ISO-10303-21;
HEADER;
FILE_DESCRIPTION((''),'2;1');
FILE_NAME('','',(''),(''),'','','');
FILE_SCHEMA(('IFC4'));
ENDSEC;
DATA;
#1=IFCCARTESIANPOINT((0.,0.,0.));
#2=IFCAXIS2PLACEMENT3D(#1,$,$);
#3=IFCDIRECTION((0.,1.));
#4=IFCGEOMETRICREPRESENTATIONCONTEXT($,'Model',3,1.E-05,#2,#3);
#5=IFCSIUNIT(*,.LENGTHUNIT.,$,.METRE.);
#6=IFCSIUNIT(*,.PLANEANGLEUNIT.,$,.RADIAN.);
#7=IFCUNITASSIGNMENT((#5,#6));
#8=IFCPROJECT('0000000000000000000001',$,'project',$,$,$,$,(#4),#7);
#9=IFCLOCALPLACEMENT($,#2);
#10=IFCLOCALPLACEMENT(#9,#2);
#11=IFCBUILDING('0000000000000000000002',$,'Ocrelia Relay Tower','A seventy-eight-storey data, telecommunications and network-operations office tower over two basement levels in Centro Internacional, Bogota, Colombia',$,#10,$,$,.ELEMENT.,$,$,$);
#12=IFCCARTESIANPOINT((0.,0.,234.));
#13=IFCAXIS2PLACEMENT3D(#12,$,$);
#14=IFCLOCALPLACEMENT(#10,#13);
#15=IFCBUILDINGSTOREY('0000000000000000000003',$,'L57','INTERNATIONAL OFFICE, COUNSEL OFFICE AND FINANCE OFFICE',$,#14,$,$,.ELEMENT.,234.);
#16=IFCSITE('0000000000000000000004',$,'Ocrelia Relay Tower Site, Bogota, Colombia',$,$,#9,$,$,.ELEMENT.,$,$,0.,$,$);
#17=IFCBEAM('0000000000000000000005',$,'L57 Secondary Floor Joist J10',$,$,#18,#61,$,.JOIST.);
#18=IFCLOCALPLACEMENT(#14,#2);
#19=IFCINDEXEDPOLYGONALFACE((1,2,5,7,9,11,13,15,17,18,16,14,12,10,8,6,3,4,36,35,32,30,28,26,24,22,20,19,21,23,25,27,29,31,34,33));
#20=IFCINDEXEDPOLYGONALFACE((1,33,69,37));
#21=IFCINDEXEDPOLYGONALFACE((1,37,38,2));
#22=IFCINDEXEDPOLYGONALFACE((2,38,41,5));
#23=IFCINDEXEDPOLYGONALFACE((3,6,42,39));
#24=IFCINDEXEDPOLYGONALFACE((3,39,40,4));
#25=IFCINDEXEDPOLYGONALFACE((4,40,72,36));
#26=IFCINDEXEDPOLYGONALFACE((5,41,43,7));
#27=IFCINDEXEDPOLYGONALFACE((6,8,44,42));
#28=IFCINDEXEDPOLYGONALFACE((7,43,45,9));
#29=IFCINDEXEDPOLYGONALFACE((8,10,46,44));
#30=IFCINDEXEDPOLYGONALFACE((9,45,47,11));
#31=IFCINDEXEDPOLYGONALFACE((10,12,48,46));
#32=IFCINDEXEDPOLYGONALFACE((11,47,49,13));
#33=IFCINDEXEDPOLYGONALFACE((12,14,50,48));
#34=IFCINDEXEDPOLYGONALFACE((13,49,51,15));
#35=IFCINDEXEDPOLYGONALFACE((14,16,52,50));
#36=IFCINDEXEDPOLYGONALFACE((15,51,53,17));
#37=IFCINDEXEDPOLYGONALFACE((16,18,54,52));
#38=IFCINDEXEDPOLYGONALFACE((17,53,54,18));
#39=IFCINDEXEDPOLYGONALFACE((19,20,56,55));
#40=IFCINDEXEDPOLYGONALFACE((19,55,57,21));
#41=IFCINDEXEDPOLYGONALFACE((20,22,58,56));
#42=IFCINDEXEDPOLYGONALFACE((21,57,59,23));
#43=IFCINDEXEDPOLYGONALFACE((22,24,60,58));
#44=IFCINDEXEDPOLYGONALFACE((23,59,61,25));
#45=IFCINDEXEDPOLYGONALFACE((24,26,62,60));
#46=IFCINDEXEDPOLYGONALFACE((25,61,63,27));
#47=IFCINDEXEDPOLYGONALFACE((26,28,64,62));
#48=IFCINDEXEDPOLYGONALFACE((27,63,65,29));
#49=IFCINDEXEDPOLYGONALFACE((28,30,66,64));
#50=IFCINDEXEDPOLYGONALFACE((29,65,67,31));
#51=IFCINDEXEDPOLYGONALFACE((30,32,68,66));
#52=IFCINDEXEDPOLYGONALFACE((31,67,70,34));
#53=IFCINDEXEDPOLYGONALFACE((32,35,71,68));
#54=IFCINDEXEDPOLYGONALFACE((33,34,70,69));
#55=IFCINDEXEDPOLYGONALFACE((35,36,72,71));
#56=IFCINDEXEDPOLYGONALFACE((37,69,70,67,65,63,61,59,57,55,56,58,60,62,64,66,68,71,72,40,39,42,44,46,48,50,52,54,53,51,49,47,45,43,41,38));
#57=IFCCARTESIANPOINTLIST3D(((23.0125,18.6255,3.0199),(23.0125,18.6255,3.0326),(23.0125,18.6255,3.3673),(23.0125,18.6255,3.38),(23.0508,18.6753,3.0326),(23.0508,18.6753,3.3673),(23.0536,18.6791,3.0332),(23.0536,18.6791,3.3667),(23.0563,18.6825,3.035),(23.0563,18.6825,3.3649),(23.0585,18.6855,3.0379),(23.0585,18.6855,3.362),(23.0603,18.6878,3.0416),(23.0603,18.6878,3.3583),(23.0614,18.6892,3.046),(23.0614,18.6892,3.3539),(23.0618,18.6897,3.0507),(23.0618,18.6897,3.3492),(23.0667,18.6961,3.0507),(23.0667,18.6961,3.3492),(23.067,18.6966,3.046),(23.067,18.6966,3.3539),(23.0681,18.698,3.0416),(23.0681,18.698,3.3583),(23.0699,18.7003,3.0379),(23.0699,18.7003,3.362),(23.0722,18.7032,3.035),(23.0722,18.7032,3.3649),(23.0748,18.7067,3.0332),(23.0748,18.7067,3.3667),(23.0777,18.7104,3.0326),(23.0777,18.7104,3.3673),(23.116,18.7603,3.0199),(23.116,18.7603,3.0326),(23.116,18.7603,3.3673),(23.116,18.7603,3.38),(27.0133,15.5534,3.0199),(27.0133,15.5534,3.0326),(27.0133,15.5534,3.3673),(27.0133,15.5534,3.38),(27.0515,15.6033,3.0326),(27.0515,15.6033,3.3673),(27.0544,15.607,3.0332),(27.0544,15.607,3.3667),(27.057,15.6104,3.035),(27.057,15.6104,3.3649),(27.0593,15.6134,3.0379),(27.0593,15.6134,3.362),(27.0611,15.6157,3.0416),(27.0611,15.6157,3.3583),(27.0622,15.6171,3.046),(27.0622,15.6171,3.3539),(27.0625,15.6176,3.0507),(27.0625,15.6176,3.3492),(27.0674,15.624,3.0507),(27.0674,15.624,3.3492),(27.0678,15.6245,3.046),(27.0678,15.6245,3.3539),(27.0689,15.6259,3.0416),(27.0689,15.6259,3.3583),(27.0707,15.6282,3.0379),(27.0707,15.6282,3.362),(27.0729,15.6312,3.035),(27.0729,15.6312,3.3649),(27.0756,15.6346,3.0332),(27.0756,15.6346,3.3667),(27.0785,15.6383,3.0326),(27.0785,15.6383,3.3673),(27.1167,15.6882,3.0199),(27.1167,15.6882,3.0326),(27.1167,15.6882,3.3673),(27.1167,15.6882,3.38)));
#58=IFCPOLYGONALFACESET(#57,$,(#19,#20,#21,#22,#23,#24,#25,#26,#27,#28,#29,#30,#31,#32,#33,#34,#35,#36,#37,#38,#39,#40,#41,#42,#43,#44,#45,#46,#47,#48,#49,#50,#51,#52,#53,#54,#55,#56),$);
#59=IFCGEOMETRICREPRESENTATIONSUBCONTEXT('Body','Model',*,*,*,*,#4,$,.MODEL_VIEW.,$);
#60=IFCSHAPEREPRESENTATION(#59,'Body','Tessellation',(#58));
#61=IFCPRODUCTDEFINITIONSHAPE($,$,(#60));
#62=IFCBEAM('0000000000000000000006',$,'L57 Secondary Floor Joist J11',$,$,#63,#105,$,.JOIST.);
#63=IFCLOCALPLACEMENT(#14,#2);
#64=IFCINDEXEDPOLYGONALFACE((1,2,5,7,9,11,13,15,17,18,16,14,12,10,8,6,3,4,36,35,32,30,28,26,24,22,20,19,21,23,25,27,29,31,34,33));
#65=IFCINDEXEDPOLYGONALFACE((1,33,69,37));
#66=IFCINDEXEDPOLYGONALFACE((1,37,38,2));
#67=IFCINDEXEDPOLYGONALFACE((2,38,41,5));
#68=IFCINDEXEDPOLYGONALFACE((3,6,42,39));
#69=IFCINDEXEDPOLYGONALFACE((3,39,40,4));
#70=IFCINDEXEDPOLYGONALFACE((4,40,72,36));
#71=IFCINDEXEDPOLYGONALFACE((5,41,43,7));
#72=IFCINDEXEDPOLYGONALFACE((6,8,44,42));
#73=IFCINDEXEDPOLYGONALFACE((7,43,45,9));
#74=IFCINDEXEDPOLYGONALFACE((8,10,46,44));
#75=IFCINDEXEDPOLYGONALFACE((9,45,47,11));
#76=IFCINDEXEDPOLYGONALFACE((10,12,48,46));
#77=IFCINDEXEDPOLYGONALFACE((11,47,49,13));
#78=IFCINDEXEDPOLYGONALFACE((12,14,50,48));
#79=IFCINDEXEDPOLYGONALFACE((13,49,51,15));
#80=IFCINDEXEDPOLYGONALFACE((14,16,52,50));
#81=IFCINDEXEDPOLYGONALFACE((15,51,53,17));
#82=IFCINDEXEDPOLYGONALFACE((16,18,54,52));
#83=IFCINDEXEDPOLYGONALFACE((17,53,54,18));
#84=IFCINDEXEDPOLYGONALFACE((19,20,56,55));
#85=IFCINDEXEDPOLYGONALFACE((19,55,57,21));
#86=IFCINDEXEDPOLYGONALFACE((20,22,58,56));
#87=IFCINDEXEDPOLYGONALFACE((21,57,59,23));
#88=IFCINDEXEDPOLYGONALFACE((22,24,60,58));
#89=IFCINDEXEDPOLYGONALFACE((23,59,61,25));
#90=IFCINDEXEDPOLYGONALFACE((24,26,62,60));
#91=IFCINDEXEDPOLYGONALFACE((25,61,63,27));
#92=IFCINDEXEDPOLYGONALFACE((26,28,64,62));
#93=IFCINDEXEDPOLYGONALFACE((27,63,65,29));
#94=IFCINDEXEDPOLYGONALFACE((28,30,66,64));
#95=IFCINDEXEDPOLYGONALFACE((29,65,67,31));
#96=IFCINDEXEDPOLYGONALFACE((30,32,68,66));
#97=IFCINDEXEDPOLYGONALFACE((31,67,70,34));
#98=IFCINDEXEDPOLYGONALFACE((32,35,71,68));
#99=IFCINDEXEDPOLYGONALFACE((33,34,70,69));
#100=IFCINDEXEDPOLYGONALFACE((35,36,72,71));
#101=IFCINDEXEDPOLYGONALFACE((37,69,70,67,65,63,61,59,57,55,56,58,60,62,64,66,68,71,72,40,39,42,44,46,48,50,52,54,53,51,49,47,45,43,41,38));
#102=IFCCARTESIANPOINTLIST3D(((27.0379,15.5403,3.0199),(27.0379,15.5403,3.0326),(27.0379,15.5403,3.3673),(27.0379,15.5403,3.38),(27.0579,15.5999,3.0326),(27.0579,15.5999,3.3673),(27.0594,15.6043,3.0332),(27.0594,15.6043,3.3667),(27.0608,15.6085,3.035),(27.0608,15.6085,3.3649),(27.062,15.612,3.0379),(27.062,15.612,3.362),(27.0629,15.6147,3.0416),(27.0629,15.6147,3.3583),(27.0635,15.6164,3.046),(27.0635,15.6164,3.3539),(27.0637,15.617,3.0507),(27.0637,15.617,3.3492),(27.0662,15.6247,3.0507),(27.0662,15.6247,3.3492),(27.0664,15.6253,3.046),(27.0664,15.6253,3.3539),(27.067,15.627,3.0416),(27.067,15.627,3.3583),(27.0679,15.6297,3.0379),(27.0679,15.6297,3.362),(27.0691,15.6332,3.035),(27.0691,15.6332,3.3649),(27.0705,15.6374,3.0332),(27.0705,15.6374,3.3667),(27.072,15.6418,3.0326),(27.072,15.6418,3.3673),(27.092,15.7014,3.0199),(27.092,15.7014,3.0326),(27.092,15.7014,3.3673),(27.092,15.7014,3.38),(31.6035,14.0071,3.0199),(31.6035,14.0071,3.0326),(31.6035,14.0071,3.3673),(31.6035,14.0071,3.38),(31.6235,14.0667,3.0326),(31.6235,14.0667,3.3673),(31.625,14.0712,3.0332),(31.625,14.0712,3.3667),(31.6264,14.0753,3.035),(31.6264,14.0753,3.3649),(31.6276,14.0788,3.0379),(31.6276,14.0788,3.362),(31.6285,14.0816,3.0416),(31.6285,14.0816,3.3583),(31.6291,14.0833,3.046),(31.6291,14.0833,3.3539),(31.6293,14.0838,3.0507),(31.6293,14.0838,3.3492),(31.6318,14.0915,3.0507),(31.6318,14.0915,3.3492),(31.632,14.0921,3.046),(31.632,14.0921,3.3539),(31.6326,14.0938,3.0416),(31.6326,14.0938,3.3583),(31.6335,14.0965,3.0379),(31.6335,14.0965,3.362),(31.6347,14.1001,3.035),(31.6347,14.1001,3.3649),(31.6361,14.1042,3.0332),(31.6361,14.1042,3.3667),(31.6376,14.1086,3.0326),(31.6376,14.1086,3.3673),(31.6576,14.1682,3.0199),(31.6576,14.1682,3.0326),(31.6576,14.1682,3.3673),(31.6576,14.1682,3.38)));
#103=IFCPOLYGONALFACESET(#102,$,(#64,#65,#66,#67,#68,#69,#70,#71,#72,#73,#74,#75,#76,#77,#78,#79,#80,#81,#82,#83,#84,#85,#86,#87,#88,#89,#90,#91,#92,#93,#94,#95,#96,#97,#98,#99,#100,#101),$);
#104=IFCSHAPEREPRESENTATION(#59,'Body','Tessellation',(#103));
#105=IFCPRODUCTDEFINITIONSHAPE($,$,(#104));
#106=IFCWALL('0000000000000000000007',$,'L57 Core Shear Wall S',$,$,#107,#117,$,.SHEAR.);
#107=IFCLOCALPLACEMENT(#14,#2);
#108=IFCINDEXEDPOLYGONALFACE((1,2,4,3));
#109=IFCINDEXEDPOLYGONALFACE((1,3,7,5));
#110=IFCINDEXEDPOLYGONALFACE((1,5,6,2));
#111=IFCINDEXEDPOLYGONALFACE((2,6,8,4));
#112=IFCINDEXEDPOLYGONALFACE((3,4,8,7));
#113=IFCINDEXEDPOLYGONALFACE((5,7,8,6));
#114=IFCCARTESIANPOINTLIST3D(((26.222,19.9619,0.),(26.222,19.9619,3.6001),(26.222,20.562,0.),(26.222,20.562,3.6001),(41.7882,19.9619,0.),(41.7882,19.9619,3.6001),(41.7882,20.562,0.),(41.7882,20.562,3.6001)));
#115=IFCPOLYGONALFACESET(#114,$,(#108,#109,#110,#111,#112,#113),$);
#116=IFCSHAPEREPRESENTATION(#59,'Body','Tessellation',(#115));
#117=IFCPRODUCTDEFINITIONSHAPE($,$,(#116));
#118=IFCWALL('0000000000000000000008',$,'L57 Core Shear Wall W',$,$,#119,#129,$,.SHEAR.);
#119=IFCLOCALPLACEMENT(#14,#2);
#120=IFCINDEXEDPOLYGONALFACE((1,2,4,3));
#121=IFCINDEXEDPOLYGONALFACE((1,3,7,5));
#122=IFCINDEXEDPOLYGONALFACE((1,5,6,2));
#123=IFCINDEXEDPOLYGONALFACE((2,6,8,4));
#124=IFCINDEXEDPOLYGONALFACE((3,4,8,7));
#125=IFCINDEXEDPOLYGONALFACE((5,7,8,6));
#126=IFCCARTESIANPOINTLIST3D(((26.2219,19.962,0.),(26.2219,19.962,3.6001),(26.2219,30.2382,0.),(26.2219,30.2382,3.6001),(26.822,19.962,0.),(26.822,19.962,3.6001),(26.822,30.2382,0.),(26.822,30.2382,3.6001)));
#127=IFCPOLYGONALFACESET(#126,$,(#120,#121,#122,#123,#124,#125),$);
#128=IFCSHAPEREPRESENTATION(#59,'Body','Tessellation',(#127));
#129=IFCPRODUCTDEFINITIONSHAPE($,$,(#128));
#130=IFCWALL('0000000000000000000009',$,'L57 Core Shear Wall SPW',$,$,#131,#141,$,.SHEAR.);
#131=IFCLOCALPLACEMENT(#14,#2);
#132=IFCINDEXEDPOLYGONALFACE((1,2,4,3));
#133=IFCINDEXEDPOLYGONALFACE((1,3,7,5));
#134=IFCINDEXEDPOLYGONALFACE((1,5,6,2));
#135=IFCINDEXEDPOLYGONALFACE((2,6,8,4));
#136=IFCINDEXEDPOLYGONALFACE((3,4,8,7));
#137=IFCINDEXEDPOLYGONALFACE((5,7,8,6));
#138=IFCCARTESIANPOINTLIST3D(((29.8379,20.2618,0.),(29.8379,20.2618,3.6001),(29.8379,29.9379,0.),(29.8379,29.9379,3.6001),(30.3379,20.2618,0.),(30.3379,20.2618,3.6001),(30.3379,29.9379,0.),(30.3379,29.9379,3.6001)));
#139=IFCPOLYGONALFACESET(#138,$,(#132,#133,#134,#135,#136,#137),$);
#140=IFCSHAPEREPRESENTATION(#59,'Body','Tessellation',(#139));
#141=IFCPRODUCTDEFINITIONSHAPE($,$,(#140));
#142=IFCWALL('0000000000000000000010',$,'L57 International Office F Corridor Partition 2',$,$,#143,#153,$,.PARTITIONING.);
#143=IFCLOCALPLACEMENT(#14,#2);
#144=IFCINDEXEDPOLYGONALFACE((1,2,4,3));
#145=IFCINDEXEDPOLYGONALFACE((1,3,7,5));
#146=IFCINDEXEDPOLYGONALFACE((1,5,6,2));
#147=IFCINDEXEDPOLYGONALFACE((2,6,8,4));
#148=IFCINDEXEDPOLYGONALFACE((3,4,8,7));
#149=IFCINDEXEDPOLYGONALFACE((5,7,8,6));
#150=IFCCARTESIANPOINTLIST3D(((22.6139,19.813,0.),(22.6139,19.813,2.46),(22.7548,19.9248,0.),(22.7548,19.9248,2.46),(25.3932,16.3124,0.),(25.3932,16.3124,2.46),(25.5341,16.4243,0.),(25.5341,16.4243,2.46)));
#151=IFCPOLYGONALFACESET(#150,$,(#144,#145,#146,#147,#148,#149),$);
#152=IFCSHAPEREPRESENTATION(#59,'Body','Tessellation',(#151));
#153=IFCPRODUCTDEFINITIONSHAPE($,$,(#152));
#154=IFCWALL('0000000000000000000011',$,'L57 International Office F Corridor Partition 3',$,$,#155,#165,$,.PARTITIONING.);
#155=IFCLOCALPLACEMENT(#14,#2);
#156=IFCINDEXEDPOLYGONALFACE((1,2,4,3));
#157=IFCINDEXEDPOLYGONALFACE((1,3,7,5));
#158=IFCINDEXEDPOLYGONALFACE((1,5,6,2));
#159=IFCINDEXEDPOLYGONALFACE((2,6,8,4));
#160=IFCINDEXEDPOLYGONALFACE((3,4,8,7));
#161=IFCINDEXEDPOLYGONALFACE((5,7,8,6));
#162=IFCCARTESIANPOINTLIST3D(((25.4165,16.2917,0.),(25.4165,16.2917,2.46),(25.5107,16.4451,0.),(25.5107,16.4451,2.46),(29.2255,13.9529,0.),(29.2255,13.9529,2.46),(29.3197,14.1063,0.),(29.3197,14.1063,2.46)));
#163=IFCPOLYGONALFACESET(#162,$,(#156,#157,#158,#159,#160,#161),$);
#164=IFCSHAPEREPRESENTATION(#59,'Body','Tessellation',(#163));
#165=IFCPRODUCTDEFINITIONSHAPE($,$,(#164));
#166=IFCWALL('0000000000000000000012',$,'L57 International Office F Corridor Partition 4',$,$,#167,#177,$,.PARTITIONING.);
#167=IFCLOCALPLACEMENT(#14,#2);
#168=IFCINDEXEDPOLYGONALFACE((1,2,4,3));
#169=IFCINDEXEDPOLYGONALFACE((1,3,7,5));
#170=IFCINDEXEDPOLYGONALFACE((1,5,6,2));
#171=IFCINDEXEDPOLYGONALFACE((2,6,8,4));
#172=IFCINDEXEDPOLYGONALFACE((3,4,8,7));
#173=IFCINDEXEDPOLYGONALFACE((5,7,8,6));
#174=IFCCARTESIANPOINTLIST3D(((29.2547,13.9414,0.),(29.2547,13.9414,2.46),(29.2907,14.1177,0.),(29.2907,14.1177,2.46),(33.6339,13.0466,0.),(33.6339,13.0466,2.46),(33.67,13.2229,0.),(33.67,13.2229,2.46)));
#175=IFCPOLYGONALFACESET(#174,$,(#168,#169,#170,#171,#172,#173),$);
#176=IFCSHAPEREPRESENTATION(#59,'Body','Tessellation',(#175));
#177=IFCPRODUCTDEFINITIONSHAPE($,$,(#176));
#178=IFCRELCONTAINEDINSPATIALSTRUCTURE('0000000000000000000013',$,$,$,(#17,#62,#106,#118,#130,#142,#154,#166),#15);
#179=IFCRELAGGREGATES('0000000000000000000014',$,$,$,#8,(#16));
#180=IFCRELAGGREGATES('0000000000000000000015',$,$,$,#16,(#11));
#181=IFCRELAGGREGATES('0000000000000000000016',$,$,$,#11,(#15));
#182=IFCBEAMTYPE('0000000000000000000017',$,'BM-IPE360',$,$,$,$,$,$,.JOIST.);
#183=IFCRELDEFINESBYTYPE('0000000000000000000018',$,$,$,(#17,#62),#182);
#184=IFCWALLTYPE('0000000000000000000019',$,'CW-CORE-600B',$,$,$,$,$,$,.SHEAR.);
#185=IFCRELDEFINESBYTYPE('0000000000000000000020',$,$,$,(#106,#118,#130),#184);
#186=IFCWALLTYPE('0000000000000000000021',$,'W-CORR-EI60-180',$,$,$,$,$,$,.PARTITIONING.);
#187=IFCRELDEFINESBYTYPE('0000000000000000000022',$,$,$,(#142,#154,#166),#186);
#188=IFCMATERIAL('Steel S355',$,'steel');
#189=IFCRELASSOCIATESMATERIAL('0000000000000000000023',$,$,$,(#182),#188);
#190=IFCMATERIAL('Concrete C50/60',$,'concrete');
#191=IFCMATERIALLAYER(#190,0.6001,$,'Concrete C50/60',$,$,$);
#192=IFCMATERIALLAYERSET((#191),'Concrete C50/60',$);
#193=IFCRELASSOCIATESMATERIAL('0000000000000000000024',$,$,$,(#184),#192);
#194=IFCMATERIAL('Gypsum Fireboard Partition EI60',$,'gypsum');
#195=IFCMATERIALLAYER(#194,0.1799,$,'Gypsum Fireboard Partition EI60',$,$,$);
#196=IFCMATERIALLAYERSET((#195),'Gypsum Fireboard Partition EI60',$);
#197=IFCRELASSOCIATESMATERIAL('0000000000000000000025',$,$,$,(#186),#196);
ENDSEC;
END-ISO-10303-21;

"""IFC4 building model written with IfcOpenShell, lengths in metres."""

from ifc_helpers import new_model, si_unit, direction, frame, frame_2d, origin, origin_2d, place, context, subcontext, project, spatial, rectangle, i_section, extrude, material, layer, layer_set, material_profile, profile_set, type_object, element, save


model = new_model("IFC4")

# Units and contexts
model_context = context("Model", 3, precision=1e-05, world=origin(), true_north=direction((0.0, 1.0)))
body_context = subcontext(model_context, "Body", "Model", "MODEL_VIEW")
ifc_project = project(units=[si_unit("LENGTHUNIT", "METRE"), si_unit("PLANEANGLEUNIT", "RADIAN")], contexts=[model_context])

# Site, building, storey
site_placement = place(None, origin())
site = spatial("IfcSite", under=ifc_project, at=site_placement, Name="Ocrelia Relay Tower Site, Bogota, Colombia", CompositionType="ELEMENT", RefElevation=0.0)
building_placement = place(site_placement, origin())
building = spatial("IfcBuilding", under=site, at=building_placement, Name="Ocrelia Relay Tower", Description="A seventy-eight-storey data, telecommunications and network-operations office tower over two basement levels in Centro Internacional, Bogota, Colombia", CompositionType="ELEMENT")
storey_placement = place(building_placement, frame((0.0, 0.0, 234.0)))
storey = spatial("IfcBuildingStorey", under=building, at=storey_placement, Name="L57", Description="INTERNATIONAL OFFICE, COUNSEL OFFICE AND FINANCE OFFICE", CompositionType="ELEMENT", Elevation=234.0)

# Shared definitions
ifc_material_1 = material(Name="Concrete C50/60", Category="concrete")

# Beams
ifc_material_2 = material(Name="Steel S355", Category="steel")
ifc_material_profile_1 = material_profile(ifc_material_2, i_section(OverallWidth=0.1699, OverallDepth=0.3601, WebThickness=0.0081, FlangeThickness=0.0127, FilletRadius=0.0181, at=origin_2d()), Name="IPE 360")
ifc_profile_set_1 = profile_set([ifc_material_profile_1], Name="Steel S355")
beam_type_1 = type_object("IfcBeamType", Name="BM-IPE360", PredefinedType="JOIST", material=ifc_profile_set_1)
beam_1_placement = place(storey_placement, frame((23.0642, 18.6929, 3.2), z_axis=(0.793147, -0.60903, 0.0), x_axis=(0.60903, 0.793147, 0.0)))
element("IfcBeam", 1, at=beam_1_placement, inside=storey, type_object=beam_type_1, Name="L57 Secondary Floor Joist J10", PredefinedType="JOIST", context=body_context, shape_type="SweptSolid", body=[
    extrude(i_section(OverallWidth=0.1699, OverallDepth=0.3601, WebThickness=0.0081, FlangeThickness=0.0127, FilletRadius=0.0181, at=origin_2d()), origin(), (0.0, 0.0, 1.0), 5.0442),
])
beam_2_placement = place(storey_placement, frame((27.0649, 15.6208, 3.2), z_axis=(0.947976, -0.318341, 0.0), x_axis=(0.318341, 0.947976, 0.0)))
element("IfcBeam", 2, at=beam_2_placement, inside=storey, type_object=beam_type_1, Name="L57 Secondary Floor Joist J11", PredefinedType="JOIST", context=body_context, shape_type="SweptSolid", body=[
    extrude(i_section(OverallWidth=0.1699, OverallDepth=0.3601, WebThickness=0.0081, FlangeThickness=0.0127, FilletRadius=0.0181, at=origin_2d()), origin(), (0.0, 0.0, 1.0), 4.8162),
])

# Walls
ifc_layer_1 = layer(ifc_material_1, 0.6001, Name="Concrete C50/60")
ifc_layer_set_1 = layer_set([ifc_layer_1], Name="Concrete C50/60")
wall_type_1 = type_object("IfcWallType", Name="CW-CORE-600B", PredefinedType="SHEAR", material=ifc_layer_set_1)
wall_1_placement = place(storey_placement, frame((26.2219, 20.262, 0.0), z_axis=(0.0, 0.0, 1.0), x_axis=(1.0, 0.0, 0.0)))
element("IfcWall", 3, at=wall_1_placement, inside=storey, type_object=wall_type_1, Name="L57 Core Shear Wall S", PredefinedType="SHEAR", context=body_context, shape_type="SweptSolid", body=[
    extrude(rectangle(XDim=15.5662, YDim=0.6001, at=frame_2d((7.7832, 0.0))), origin(), (0.0, 0.0, 1.0), 3.6001),
])
wall_2_placement = place(storey_placement, frame((26.522, 19.9619, 0.0), z_axis=(0.0, 0.0, 1.0), x_axis=(0.0, 1.0, 0.0)))
element("IfcWall", 4, at=wall_2_placement, inside=storey, type_object=wall_type_1, Name="L57 Core Shear Wall W", PredefinedType="SHEAR", context=body_context, shape_type="SweptSolid", body=[
    extrude(rectangle(XDim=10.2761, YDim=0.6001, at=frame_2d((5.1382, 0.0))), origin(), (0.0, 0.0, 1.0), 3.6001),
])
wall_3_placement = place(storey_placement, frame((30.0879, 20.262, 0.0), z_axis=(0.0, 0.0, 1.0), x_axis=(0.0, 1.0, 0.0)))
element("IfcWall", 5, at=wall_3_placement, inside=storey, type_object=wall_type_1, Name="L57 Core Shear Wall SPW", PredefinedType="SHEAR", context=body_context, shape_type="SweptSolid", body=[
    extrude(rectangle(XDim=9.676, YDim=0.5, at=frame_2d((4.8379, 0.0))), origin(), (0.0, 0.0, 1.0), 3.6001),
])

# Shared definitions
ifc_material_3 = material(Name="Gypsum Fireboard Partition EI60", Category="gypsum")
ifc_layer_2 = layer(ifc_material_3, 0.1799, Name="Gypsum Fireboard Partition EI60")
ifc_layer_set_2 = layer_set([ifc_layer_2], Name="Gypsum Fireboard Partition EI60")
wall_type_2 = type_object("IfcWallType", Name="W-CORR-EI60-180", PredefinedType="PARTITIONING", material=ifc_layer_set_2)

# Walls
for number, where, z_axis, x_axis, name in (
    (6, (22.6843, 19.8689, 0.0), (0.0, 0.0, 1.0), (0.621813, -0.783166, 0.0), "L57 International Office F Corridor Partition 2"),
    (7, (25.4636, 16.3684, 0.0), (0.0, 0.0, 1.0), (0.852175, -0.523256, 0.0), "L57 International Office F Corridor Partition 3"),
    (8, (29.2727, 14.0295, 0.0), (0.0, 0.0, 1.0), (0.979757, -0.20019, 0.0), "L57 International Office F Corridor Partition 4"),
):
    element("IfcWall", number, at=place(storey_placement, frame(where, z_axis=z_axis, x_axis=x_axis)), inside=storey, type_object=wall_type_2, Name=name, PredefinedType="PARTITIONING", context=body_context, shape_type="SweptSolid", body=[
        extrude(rectangle(XDim=4.4697, YDim=0.1799, at=frame_2d((2.2349, 0.0))), origin(), (0.0, 0.0, 1.0), 2.46),
    ])

save(model, "model.ifc")
